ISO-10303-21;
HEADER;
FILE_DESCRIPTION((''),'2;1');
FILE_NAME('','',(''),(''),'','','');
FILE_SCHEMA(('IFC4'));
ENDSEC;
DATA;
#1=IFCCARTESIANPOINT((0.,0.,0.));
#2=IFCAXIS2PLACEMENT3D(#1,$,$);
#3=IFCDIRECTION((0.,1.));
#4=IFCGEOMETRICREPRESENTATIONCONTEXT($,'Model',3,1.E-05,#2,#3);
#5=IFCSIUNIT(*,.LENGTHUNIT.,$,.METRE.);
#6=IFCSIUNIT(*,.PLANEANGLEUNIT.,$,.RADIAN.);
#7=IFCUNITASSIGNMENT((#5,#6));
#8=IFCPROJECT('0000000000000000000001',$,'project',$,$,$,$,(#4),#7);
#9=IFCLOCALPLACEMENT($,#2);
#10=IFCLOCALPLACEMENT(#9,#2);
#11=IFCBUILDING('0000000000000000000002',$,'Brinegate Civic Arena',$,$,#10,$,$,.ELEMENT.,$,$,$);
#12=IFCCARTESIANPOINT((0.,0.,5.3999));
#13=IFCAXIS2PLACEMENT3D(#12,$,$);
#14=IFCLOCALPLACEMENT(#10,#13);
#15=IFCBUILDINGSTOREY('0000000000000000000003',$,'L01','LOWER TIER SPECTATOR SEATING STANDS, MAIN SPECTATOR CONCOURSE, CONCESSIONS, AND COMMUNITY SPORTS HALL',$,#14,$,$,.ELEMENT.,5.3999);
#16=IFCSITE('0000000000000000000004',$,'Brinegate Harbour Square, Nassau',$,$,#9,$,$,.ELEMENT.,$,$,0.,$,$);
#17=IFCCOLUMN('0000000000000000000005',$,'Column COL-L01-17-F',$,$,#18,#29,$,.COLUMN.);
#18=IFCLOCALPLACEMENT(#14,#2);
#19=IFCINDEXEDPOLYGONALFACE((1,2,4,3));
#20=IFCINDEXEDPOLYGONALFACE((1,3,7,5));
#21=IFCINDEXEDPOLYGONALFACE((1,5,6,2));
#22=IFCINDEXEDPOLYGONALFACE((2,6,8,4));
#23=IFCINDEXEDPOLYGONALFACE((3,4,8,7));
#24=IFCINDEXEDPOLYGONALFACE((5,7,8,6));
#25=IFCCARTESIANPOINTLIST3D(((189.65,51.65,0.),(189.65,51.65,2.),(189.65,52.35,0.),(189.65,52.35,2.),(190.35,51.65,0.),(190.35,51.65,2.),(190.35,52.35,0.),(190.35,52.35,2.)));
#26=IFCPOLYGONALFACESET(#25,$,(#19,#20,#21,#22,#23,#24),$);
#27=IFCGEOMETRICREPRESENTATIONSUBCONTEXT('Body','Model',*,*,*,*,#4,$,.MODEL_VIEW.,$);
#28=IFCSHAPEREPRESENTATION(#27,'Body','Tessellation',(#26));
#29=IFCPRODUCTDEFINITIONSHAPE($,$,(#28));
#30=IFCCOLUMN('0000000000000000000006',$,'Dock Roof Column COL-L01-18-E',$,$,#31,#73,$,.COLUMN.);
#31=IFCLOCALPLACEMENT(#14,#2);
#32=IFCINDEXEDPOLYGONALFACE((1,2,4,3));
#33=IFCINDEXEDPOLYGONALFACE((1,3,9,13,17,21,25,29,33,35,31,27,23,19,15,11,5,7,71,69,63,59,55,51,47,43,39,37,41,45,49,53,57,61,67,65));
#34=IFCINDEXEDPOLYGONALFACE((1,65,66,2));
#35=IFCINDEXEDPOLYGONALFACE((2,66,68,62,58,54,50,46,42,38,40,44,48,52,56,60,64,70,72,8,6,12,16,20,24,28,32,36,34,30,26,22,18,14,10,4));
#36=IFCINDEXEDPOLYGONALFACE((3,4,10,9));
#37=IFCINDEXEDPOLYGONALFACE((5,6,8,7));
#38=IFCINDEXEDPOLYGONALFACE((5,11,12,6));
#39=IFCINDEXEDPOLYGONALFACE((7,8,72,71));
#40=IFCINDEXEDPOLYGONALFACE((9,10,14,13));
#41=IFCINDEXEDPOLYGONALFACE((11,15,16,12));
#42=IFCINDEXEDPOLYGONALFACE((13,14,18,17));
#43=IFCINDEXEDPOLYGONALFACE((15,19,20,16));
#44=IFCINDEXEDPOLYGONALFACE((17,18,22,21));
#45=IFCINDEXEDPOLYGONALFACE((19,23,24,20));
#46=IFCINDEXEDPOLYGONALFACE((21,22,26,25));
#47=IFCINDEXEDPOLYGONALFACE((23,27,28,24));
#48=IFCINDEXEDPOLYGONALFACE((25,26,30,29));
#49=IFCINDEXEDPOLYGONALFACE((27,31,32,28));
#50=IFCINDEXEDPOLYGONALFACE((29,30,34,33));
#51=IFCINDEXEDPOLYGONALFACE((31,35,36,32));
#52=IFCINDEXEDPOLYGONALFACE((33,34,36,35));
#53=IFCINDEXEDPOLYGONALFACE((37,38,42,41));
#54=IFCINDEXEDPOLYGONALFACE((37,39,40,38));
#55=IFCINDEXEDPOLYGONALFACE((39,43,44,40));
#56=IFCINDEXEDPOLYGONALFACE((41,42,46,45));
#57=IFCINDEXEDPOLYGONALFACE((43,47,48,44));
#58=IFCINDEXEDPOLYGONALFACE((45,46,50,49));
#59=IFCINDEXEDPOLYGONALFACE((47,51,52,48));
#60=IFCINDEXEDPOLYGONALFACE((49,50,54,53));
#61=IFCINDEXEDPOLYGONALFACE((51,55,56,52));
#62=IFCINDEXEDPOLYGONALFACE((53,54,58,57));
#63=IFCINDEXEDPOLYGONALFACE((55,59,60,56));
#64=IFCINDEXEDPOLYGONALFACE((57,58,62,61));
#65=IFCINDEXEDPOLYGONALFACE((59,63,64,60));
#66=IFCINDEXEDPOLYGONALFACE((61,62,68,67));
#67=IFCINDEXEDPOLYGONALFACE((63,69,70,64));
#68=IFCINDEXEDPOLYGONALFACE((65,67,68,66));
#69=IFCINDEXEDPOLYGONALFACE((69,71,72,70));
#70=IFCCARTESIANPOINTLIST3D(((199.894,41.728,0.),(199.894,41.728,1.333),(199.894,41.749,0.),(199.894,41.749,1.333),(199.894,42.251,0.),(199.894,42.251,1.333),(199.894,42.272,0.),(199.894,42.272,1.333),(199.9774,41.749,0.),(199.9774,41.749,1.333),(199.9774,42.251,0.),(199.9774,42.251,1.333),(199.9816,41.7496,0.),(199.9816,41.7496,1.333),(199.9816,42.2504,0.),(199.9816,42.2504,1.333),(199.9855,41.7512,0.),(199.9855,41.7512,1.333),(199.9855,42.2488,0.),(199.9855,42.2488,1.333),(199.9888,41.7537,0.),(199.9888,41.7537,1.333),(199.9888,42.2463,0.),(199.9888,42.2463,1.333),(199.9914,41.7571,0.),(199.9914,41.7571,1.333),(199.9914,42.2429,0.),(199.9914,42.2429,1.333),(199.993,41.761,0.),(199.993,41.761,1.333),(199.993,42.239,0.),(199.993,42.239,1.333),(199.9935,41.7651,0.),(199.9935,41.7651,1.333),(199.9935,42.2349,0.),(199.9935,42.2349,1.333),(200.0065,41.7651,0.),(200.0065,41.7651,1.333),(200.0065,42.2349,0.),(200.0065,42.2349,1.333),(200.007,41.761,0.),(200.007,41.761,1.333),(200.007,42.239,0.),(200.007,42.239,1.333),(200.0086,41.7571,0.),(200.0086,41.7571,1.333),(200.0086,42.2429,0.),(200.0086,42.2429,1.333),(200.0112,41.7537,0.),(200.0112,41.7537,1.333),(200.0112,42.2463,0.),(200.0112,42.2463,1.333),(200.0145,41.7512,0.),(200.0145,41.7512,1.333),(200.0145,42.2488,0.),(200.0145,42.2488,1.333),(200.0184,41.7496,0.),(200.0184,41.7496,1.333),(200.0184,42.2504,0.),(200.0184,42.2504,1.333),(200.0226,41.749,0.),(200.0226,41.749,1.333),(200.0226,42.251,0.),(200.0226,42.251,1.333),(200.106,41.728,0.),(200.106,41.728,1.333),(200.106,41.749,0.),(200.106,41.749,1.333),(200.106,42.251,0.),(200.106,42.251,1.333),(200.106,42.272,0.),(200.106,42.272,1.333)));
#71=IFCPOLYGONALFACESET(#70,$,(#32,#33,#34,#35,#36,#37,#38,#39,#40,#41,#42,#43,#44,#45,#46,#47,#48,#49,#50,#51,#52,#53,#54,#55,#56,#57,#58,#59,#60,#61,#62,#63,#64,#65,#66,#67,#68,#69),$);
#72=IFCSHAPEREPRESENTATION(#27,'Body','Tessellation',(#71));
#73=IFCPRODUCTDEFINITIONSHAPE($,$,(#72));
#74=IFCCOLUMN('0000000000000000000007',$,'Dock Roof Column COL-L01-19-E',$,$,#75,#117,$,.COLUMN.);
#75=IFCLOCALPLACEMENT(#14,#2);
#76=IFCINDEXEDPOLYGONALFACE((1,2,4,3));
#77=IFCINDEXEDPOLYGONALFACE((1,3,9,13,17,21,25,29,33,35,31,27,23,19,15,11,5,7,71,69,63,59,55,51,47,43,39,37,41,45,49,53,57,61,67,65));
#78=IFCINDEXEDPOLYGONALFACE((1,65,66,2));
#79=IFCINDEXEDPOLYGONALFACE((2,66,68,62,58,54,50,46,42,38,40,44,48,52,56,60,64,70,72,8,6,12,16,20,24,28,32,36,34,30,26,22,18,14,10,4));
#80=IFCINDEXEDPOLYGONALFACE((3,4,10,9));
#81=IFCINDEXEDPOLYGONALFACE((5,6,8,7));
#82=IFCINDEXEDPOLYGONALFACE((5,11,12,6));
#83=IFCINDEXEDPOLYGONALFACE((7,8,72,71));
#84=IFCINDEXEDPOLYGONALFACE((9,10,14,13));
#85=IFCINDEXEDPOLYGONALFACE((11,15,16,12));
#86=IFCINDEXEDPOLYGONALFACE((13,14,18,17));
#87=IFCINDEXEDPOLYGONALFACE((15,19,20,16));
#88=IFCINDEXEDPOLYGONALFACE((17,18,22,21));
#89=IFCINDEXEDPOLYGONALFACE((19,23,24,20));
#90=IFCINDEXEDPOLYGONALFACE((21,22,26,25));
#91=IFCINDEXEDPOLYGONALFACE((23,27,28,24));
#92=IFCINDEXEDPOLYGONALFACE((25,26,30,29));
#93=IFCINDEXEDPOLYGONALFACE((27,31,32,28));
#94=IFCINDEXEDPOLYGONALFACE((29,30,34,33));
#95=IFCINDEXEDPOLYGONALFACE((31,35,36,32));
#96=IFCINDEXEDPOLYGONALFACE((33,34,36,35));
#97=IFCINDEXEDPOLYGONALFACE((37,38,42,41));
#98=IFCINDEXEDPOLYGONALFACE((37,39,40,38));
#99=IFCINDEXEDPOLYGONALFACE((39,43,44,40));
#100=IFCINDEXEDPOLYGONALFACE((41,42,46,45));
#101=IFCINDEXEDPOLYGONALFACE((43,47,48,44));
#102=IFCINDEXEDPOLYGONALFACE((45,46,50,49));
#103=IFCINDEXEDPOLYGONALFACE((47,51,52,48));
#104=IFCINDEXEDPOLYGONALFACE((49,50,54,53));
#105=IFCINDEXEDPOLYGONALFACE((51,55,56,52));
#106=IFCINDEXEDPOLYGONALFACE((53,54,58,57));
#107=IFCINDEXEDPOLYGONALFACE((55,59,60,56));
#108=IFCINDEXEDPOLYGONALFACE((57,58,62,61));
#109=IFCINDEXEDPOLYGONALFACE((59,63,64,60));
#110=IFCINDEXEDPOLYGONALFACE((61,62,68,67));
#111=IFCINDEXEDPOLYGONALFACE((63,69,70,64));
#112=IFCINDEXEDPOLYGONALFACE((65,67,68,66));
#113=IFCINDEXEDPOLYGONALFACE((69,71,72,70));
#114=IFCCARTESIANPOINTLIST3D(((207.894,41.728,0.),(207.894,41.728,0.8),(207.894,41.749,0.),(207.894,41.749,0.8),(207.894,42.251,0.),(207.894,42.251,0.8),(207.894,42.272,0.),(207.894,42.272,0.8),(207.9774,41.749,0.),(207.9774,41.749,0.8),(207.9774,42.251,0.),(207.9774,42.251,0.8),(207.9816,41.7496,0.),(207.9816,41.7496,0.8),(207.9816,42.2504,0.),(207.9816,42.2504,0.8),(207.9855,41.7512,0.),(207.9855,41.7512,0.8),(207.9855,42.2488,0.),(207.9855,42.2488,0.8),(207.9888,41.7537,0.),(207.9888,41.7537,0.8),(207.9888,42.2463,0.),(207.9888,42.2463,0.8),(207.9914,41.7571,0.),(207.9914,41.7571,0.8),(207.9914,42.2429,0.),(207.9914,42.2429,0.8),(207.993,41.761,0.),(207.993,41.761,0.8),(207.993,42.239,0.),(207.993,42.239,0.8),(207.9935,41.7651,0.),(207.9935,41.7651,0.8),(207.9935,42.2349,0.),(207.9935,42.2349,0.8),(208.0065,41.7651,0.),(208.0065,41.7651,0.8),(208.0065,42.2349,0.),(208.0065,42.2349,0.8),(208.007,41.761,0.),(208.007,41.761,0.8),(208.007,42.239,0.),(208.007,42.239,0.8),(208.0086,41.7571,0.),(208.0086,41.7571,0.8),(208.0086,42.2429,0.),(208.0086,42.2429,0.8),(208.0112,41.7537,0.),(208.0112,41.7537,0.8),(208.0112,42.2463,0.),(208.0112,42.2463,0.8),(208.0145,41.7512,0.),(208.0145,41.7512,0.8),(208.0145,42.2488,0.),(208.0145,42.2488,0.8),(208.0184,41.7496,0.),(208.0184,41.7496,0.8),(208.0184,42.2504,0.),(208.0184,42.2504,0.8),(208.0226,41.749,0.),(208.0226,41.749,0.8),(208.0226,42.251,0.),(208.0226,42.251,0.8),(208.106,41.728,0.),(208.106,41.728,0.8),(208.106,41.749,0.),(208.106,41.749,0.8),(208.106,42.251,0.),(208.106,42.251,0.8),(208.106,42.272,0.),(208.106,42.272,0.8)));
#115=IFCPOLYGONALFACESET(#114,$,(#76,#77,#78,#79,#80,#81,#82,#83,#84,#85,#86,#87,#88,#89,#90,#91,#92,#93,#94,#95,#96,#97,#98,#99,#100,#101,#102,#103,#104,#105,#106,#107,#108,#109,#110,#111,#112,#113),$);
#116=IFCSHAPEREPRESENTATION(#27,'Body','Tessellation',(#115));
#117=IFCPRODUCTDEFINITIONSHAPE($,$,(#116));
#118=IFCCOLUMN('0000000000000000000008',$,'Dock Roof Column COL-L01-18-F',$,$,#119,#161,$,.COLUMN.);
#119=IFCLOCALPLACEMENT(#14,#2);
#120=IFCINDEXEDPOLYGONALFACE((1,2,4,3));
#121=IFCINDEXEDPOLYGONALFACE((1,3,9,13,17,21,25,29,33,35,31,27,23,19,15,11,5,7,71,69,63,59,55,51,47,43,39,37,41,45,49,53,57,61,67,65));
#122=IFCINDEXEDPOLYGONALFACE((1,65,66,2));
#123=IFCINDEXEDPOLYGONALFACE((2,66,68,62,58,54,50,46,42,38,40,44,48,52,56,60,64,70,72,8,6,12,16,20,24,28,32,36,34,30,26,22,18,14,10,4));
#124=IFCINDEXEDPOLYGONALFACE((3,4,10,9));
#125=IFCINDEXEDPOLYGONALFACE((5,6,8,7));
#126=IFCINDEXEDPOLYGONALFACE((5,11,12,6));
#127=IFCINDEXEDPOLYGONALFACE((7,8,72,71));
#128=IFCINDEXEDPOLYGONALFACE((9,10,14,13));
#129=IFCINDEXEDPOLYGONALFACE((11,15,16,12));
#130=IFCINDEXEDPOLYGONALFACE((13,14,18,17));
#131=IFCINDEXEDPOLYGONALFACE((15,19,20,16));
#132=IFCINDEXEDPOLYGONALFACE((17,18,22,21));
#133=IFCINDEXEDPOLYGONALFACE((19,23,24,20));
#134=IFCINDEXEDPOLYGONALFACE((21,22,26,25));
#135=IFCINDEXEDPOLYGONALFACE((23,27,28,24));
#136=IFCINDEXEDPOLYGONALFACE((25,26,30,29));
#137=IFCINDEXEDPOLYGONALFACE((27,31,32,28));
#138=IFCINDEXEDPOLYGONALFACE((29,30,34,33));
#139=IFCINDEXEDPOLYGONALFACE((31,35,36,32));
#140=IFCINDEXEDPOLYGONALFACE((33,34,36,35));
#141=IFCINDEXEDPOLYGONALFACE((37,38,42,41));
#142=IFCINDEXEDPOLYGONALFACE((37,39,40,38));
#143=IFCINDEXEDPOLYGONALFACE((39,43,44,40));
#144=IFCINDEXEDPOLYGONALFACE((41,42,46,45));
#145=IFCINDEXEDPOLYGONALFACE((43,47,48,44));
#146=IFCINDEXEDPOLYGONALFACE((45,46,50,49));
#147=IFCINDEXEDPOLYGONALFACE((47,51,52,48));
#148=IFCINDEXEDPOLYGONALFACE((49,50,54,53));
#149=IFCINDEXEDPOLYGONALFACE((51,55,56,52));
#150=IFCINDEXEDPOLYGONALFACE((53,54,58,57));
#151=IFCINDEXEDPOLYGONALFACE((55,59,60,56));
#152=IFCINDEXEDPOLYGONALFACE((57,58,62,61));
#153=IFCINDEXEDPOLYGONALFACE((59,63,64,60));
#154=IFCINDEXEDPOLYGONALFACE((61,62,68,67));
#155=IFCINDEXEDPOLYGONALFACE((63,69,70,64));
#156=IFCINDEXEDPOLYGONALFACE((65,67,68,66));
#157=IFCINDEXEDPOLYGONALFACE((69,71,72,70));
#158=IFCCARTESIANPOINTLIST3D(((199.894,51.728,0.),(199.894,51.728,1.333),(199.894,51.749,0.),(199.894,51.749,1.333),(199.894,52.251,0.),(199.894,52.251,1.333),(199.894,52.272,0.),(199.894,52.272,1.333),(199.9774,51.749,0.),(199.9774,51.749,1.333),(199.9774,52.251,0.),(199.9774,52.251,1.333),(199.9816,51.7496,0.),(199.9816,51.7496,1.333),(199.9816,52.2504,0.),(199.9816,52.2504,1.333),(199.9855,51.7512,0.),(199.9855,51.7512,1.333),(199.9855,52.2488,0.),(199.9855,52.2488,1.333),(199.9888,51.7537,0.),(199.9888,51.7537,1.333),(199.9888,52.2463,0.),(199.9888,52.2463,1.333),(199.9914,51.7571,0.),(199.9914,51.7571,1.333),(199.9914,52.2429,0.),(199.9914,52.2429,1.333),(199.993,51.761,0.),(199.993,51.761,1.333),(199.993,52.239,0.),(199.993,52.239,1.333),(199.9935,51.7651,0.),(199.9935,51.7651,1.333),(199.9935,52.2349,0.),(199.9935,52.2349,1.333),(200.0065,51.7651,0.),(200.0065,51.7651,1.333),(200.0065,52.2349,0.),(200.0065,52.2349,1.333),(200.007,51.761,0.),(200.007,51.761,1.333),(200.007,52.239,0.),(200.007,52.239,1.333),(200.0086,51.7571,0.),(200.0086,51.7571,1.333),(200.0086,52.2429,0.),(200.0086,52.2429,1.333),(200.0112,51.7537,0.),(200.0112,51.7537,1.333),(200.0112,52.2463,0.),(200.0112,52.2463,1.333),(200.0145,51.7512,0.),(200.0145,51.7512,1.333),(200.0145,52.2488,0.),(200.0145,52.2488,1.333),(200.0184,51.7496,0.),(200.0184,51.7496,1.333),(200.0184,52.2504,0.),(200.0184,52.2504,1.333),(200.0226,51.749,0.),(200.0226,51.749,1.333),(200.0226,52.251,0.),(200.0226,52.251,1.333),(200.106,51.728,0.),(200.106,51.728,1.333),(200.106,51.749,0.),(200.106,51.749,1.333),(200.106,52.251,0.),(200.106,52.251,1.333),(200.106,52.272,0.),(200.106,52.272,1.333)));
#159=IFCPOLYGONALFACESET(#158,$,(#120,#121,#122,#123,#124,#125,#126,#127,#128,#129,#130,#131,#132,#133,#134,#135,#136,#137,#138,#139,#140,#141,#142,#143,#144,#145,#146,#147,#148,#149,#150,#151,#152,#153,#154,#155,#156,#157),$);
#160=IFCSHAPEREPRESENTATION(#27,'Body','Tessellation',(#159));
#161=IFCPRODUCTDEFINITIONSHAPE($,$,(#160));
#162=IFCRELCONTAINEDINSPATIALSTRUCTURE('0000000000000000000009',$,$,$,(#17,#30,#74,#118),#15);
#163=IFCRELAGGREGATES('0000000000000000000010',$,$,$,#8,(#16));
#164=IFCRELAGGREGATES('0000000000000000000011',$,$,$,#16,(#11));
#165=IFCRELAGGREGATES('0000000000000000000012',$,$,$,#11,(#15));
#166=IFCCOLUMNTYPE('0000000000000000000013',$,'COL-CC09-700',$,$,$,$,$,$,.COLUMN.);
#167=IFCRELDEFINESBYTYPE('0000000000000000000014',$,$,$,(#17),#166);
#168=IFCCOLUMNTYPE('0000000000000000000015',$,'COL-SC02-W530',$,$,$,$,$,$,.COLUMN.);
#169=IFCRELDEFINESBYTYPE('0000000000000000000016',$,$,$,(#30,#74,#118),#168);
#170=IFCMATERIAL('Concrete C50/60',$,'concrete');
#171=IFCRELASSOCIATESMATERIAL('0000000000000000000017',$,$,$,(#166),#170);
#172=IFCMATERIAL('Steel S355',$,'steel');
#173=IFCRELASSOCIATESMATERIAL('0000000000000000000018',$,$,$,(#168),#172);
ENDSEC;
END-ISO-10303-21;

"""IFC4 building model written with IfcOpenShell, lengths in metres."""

from ifc_helpers import new_model, si_unit, direction, frame, origin, origin_2d, place, context, subcontext, project, spatial, rectangle, i_section, extrude, material, material_profile, profile_set, type_object, element, save


model = new_model("IFC4")

# Units and contexts
model_context = context("Model", 3, precision=1e-05, world=origin(), true_north=direction((0.0, 1.0)))
body_context = subcontext(model_context, "Body", "Model", "MODEL_VIEW")
ifc_project = project(units=[si_unit("LENGTHUNIT", "METRE"), si_unit("PLANEANGLEUNIT", "RADIAN")], contexts=[model_context])

# Site, building, storey
site_placement = place(None, origin())
site = spatial("IfcSite", under=ifc_project, at=site_placement, Name="Brinegate Harbour Square, Nassau", CompositionType="ELEMENT", RefElevation=0.0)
building_placement = place(site_placement, origin())
building = spatial("IfcBuilding", under=site, at=building_placement, Name="Brinegate Civic Arena", CompositionType="ELEMENT")
storey_placement = place(building_placement, frame((0.0, 0.0, 5.3999)))
storey = spatial("IfcBuildingStorey", under=building, at=storey_placement, Name="L01", Description="LOWER TIER SPECTATOR SEATING STANDS, MAIN SPECTATOR CONCOURSE, CONCESSIONS, AND COMMUNITY SPORTS HALL", CompositionType="ELEMENT", Elevation=5.3999)

# Columns
ifc_material_1 = material(Name="Concrete C50/60", Category="concrete")
ifc_material_profile_1 = material_profile(ifc_material_1, rectangle(XDim=0.7, YDim=0.7, at=origin_2d()), Name="RC700X700")
ifc_profile_set_1 = profile_set([ifc_material_profile_1], Name="Concrete C50/60")
column_type_1 = type_object("IfcColumnType", Name="COL-CC09-700", PredefinedType="COLUMN", material=ifc_profile_set_1)
column_1_placement = place(storey_placement, frame((190.0, 52.0, 0.0), z_axis=(0.0, 0.0, 1.0), x_axis=(1.0, 0.0, 0.0)))
element("IfcColumn", 1, at=column_1_placement, inside=storey, type_object=column_type_1, Name="Column COL-L01-17-F", PredefinedType="COLUMN", context=body_context, shape_type="SweptSolid", body=[
    extrude(rectangle(XDim=0.7, YDim=0.7, at=origin_2d()), origin(), (0.0, 0.0, 1.0), 2.0),
])
ifc_material_2 = material(Name="Steel S355", Category="steel")
ifc_material_profile_2 = material_profile(ifc_material_2, i_section(OverallWidth=0.2119, OverallDepth=0.5439, WebThickness=0.0129, FlangeThickness=0.021, FilletRadius=0.0161, at=origin_2d()), Name="W530X123")
ifc_profile_set_2 = profile_set([ifc_material_profile_2], Name="Steel S355")
column_type_2 = type_object("IfcColumnType", Name="COL-SC02-W530", PredefinedType="COLUMN", material=ifc_profile_set_2)
column_2_placement = place(storey_placement, frame((200.0, 42.0, 0.0), z_axis=(0.0, 0.0, 1.0), x_axis=(1.0, 0.0, 0.0)))
element("IfcColumn", 2, at=column_2_placement, inside=storey, type_object=column_type_2, Name="Dock Roof Column COL-L01-18-E", PredefinedType="COLUMN", context=body_context, shape_type="SweptSolid", body=[
    extrude(i_section(OverallWidth=0.2119, OverallDepth=0.5439, WebThickness=0.0129, FlangeThickness=0.021, FilletRadius=0.0161, at=origin_2d()), origin(), (0.0, 0.0, 1.0), 1.333),
])
column_3_placement = place(storey_placement, frame((208.0, 42.0, 0.0), z_axis=(0.0, 0.0, 1.0), x_axis=(1.0, 0.0, 0.0)))
element("IfcColumn", 3, at=column_3_placement, inside=storey, type_object=column_type_2, Name="Dock Roof Column COL-L01-19-E", PredefinedType="COLUMN", context=body_context, shape_type="SweptSolid", body=[
    extrude(i_section(OverallWidth=0.2119, OverallDepth=0.5439, WebThickness=0.0129, FlangeThickness=0.021, FilletRadius=0.0161, at=origin_2d()), origin(), (0.0, 0.0, 1.0), 0.8),
])
column_4_placement = place(storey_placement, frame((200.0, 52.0, 0.0), z_axis=(0.0, 0.0, 1.0), x_axis=(1.0, 0.0, 0.0)))
element("IfcColumn", 4, at=column_4_placement, inside=storey, type_object=column_type_2, Name="Dock Roof Column COL-L01-18-F", PredefinedType="COLUMN", context=body_context, shape_type="SweptSolid", body=[
    extrude(i_section(OverallWidth=0.2119, OverallDepth=0.5439, WebThickness=0.0129, FlangeThickness=0.021, FilletRadius=0.0161, at=origin_2d()), origin(), (0.0, 0.0, 1.0), 1.333),
])

save(model, "model.ifc")
